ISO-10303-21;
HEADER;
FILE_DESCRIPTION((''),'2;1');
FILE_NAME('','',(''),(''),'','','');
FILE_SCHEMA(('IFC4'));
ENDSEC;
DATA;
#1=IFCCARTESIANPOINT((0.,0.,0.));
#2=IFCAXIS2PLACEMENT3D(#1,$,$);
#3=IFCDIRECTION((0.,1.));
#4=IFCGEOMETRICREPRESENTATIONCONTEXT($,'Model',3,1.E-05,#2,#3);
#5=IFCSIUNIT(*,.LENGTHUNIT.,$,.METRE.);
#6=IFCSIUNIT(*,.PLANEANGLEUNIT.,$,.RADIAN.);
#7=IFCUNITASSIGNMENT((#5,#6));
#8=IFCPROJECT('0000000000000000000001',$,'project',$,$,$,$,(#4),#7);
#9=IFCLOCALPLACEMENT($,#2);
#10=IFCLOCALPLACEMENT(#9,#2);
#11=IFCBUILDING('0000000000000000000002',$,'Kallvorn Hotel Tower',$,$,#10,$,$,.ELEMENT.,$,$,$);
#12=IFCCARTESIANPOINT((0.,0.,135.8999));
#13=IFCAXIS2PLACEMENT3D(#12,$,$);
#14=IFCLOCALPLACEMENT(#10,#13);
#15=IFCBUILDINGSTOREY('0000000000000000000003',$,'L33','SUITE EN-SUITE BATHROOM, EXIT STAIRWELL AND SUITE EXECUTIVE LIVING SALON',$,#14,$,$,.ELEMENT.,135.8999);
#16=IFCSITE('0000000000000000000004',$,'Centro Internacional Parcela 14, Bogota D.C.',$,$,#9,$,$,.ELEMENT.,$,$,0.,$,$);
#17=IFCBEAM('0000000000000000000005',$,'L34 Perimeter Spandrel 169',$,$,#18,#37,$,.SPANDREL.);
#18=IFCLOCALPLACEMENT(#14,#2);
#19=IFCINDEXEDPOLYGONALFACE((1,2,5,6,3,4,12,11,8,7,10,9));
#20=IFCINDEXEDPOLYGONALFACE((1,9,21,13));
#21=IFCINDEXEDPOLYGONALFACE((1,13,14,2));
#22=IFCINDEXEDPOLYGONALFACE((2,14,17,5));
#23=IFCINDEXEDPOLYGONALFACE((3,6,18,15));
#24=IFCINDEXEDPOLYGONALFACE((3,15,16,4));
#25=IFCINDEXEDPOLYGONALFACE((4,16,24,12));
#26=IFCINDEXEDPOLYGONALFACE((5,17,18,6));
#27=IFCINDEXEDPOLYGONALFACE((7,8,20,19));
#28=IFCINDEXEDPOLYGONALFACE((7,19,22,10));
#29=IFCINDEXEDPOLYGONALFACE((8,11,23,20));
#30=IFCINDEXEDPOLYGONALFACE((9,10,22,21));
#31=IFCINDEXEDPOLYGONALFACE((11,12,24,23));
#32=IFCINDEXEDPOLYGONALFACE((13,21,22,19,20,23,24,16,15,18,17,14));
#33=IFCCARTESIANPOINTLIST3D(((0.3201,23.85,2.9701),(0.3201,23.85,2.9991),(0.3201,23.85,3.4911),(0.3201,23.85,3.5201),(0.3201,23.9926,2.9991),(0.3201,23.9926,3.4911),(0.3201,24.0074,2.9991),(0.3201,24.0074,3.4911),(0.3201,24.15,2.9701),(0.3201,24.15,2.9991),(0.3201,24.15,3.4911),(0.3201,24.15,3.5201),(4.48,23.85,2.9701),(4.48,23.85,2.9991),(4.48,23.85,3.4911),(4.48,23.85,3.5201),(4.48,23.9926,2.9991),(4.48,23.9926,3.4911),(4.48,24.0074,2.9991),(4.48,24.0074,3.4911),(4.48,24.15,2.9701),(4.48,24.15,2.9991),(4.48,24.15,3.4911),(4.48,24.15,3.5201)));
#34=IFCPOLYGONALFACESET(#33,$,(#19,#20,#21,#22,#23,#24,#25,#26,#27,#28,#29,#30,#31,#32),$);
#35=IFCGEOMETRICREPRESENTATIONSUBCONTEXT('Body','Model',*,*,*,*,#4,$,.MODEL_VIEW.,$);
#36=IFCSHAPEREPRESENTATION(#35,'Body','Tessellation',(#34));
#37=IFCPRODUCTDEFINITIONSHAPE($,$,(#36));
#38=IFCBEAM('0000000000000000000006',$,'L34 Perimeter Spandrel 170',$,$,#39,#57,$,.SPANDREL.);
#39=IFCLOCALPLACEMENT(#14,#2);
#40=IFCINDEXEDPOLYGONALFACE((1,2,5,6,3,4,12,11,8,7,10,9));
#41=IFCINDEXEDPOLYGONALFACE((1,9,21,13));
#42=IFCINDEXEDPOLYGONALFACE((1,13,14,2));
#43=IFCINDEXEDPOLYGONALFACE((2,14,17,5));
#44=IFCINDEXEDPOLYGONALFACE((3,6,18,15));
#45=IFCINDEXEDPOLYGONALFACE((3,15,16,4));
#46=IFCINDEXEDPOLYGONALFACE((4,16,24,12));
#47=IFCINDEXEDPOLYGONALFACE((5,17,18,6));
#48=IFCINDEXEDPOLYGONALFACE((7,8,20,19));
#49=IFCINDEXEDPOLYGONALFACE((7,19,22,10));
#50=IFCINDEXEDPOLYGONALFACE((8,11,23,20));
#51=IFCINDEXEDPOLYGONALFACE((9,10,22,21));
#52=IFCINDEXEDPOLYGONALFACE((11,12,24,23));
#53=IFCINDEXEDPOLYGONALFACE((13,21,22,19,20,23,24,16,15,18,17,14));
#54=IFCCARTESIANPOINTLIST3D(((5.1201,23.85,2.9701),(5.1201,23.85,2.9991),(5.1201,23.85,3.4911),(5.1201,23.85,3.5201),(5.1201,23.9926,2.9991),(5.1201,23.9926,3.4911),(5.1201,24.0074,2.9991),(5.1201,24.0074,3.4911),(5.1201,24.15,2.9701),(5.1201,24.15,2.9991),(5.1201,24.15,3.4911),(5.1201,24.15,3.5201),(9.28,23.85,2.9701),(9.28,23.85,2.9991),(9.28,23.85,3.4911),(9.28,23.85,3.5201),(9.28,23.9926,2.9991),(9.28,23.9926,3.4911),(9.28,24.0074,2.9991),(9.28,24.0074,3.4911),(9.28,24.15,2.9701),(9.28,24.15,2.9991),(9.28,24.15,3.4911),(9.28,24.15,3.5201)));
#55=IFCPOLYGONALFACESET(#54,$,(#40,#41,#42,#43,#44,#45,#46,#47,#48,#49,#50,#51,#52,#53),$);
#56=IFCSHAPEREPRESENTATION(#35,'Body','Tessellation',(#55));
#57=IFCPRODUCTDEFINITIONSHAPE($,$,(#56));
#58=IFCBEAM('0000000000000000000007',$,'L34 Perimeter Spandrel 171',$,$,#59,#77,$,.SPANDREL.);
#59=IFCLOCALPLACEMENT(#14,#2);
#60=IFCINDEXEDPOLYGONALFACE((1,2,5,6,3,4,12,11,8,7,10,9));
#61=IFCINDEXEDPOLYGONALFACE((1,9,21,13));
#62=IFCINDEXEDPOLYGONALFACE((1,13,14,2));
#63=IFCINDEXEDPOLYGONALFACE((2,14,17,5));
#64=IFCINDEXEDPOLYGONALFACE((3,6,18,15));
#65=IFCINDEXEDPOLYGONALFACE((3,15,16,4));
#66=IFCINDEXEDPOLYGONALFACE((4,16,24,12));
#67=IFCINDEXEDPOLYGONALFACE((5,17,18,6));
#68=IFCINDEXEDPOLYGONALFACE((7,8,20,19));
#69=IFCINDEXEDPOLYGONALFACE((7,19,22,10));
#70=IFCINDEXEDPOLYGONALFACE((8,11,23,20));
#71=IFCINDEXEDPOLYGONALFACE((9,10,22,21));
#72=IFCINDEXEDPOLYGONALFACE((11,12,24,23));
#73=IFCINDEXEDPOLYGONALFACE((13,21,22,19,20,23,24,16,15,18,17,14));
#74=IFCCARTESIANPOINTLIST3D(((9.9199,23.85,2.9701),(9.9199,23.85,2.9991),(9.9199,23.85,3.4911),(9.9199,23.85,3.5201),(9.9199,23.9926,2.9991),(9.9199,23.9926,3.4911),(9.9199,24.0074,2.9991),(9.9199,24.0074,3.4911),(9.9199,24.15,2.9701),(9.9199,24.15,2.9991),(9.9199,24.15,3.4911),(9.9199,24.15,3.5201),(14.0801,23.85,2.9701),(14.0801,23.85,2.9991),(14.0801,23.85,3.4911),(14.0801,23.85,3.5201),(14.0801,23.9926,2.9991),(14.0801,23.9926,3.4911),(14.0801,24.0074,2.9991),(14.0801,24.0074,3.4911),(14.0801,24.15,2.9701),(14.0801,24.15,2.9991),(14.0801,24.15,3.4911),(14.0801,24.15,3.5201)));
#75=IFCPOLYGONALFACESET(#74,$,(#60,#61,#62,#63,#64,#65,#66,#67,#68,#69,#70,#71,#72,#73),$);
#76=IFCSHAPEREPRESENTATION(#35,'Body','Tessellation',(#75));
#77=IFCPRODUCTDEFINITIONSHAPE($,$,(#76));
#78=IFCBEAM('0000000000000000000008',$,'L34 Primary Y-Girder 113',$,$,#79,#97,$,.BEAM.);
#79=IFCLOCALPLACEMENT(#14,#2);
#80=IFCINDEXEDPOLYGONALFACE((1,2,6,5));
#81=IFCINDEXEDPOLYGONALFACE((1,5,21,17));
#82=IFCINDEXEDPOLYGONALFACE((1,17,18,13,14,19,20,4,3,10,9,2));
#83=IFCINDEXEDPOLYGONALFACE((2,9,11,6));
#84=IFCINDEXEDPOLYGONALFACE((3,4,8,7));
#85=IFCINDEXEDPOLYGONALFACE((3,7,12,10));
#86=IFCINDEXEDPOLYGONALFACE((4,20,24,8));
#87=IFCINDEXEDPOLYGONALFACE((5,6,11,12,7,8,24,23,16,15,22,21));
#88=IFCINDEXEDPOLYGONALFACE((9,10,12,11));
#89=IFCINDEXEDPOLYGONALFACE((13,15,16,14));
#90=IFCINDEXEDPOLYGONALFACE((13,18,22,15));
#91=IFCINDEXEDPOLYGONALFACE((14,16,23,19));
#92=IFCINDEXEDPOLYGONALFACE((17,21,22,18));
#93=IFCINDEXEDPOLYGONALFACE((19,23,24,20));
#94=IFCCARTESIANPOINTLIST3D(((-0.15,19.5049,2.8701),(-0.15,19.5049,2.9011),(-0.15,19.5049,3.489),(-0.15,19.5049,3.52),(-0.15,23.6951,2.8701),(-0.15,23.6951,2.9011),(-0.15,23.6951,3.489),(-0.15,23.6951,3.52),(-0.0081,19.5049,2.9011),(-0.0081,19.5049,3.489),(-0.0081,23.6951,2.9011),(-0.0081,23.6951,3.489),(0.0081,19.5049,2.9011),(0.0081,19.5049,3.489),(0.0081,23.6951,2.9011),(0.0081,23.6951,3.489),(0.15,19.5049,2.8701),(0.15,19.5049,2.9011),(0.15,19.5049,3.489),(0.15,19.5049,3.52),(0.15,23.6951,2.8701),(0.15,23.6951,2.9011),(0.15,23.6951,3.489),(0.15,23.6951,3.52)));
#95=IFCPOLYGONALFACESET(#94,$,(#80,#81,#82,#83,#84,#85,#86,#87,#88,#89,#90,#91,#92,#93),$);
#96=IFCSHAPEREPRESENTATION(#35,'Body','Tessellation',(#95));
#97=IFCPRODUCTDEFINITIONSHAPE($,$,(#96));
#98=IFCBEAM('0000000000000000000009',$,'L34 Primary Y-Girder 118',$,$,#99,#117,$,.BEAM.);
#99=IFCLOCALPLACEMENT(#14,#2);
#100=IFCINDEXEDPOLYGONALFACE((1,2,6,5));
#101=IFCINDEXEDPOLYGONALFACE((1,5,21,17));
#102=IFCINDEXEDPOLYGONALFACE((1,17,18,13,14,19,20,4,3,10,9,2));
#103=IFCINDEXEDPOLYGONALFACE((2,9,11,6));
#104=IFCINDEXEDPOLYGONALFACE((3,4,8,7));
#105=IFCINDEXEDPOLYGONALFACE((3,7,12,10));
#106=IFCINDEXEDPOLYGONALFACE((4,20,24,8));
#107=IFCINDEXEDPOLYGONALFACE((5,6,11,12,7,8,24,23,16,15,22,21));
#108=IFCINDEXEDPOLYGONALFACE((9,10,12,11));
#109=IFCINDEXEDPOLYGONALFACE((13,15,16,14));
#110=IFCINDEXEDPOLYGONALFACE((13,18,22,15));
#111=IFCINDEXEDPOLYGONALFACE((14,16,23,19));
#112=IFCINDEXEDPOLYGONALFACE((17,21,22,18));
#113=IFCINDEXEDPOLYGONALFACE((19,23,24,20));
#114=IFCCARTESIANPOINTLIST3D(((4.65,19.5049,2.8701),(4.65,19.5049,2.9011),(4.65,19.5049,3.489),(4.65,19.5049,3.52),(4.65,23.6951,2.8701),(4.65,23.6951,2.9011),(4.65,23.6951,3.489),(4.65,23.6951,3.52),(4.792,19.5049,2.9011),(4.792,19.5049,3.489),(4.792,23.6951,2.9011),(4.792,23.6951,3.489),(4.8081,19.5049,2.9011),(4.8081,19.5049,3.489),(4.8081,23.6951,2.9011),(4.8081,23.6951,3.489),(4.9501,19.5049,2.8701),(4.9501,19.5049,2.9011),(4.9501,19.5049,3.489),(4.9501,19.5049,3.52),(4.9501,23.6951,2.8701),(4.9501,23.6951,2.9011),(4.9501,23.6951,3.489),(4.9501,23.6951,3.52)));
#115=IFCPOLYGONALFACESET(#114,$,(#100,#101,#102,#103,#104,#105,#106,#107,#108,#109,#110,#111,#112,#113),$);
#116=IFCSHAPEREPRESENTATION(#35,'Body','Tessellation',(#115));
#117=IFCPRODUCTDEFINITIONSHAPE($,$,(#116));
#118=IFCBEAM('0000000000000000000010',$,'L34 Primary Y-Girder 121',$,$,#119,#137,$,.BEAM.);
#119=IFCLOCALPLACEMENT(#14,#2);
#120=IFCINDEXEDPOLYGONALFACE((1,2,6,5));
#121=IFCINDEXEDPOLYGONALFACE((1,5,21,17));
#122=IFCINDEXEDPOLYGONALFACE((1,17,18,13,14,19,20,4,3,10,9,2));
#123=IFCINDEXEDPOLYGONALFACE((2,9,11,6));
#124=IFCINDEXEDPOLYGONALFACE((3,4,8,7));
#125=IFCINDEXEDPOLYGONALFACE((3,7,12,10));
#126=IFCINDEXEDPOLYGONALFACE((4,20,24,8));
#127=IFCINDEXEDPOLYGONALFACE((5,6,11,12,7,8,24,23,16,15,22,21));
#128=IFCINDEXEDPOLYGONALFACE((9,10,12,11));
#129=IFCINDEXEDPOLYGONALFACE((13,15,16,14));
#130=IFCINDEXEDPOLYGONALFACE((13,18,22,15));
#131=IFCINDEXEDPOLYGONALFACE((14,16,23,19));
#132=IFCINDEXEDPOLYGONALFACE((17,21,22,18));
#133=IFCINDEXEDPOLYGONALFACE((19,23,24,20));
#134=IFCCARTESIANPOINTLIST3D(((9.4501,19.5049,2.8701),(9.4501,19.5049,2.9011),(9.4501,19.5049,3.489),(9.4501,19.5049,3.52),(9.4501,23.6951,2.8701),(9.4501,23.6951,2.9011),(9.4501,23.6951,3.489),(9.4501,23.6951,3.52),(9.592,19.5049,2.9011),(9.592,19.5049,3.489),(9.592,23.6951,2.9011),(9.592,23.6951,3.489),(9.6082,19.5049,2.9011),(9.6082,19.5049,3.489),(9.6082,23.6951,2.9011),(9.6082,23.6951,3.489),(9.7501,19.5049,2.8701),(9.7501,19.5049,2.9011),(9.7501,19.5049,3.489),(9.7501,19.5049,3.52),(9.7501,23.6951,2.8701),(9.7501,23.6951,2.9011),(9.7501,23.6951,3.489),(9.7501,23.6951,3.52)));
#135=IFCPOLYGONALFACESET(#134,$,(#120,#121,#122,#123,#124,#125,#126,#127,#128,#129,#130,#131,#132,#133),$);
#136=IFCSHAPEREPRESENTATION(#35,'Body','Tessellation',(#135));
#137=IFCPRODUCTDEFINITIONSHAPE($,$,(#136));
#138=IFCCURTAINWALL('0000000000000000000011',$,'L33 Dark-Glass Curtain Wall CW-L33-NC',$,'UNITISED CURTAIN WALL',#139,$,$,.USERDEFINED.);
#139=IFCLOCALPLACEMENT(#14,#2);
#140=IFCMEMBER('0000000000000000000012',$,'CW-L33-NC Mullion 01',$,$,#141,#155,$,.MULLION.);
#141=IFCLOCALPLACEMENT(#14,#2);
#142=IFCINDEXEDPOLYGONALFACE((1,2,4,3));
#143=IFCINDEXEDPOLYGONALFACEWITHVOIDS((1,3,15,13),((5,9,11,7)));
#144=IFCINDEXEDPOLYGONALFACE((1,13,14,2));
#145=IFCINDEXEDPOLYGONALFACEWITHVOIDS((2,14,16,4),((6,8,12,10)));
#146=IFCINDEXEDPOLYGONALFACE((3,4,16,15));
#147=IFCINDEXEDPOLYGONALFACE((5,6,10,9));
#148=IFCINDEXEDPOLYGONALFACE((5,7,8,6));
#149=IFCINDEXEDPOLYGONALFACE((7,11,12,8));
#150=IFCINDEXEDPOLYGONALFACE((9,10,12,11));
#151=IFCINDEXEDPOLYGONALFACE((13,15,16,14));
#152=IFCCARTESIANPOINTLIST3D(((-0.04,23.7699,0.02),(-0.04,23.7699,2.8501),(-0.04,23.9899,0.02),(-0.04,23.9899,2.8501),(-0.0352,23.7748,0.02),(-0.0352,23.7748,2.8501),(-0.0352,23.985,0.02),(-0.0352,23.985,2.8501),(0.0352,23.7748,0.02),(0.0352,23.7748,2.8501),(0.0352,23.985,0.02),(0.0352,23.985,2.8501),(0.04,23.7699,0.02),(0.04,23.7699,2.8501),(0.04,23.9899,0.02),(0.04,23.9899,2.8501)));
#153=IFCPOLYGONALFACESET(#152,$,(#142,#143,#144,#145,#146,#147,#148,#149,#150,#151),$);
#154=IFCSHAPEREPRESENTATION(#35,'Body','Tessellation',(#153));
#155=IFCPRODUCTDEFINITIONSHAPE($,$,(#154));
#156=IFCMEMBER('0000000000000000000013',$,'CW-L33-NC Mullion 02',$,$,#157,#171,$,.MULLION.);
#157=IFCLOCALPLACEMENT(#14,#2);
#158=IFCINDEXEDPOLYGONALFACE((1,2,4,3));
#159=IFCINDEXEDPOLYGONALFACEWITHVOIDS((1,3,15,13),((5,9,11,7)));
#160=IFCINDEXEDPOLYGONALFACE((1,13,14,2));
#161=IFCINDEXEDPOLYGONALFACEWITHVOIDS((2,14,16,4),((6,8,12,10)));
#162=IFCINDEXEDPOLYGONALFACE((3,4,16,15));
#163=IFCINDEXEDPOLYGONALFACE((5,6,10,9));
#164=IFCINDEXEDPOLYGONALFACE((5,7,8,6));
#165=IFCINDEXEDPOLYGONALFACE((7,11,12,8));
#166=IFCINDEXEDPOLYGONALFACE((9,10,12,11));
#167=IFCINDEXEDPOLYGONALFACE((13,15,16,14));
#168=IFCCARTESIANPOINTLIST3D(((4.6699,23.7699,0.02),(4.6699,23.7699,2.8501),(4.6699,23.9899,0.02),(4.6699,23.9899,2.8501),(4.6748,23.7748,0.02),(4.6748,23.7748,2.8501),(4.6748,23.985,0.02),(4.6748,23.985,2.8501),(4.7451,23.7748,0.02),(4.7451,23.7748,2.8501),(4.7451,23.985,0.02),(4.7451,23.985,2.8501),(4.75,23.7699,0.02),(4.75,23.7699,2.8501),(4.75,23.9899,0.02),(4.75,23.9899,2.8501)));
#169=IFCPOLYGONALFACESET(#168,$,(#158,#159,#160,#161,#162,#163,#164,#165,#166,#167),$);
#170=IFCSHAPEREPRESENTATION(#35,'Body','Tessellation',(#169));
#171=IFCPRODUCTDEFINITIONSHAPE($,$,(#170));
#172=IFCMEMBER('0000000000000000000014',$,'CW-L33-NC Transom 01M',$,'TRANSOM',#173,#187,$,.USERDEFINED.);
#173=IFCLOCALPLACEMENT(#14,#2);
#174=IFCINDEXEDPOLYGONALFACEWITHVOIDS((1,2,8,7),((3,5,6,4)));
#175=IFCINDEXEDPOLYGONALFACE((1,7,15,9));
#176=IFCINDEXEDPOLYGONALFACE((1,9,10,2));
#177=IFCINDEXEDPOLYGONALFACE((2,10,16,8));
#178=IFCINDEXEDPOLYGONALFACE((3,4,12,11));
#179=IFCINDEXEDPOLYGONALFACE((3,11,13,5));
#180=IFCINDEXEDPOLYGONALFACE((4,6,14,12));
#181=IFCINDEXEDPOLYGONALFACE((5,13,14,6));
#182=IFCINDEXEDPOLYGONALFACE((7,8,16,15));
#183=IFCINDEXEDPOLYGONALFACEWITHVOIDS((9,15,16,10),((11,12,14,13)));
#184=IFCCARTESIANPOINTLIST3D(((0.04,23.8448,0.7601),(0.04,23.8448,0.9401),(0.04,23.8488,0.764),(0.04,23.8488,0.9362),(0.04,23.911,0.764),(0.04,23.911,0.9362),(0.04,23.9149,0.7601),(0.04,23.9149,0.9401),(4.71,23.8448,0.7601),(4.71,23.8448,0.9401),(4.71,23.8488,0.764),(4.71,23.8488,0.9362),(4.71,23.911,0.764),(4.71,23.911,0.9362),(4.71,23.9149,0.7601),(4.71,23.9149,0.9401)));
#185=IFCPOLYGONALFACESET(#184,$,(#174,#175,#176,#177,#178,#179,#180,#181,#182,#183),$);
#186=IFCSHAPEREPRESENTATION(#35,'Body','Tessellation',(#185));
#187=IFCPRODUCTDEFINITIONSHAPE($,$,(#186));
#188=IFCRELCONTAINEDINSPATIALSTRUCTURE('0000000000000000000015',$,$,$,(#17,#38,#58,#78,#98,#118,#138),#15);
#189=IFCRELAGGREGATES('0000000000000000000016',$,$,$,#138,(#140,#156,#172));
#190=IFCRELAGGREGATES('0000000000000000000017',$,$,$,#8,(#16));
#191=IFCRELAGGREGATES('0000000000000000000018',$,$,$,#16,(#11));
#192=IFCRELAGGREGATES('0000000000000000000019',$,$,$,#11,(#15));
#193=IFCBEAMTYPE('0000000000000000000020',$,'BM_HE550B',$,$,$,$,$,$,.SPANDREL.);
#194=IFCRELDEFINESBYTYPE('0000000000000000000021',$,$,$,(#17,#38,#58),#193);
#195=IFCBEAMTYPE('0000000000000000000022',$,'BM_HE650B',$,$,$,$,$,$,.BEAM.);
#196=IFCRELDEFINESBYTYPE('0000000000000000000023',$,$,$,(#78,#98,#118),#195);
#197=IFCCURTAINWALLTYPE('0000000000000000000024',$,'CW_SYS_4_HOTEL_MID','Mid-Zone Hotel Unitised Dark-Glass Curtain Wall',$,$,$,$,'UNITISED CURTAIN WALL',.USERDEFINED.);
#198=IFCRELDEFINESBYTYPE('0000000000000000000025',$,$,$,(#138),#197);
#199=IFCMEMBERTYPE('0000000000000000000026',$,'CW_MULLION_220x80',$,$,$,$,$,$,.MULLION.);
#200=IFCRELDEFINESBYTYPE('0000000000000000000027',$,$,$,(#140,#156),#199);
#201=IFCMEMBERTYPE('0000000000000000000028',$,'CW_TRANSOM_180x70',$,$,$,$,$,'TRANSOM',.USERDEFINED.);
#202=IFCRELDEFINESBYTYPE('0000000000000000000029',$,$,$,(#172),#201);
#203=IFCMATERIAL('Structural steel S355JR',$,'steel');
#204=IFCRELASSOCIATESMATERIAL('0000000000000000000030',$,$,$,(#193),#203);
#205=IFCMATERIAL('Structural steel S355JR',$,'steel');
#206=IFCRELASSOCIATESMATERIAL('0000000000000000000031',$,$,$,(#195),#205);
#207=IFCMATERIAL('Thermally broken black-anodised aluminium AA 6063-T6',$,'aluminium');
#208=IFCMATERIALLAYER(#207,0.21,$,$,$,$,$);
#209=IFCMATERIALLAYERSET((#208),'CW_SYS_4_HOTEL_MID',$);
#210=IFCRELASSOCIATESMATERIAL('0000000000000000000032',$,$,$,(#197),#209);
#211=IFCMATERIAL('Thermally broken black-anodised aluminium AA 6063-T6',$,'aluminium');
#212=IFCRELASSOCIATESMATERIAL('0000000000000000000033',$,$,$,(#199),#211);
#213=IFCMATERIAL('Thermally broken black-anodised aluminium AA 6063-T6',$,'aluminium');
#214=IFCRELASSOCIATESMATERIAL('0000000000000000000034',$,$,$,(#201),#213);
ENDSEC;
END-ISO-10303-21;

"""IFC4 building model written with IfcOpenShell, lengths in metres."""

from ifc_helpers import new_model, si_unit, direction, frame, origin, origin_2d, place, context, subcontext, project, spatial, hollow_rectangle, i_section, extrude, material, layer, layer_set, material_profile, profile_set, type_object, element, aggregate, save


model = new_model("IFC4")

# Units and contexts
model_context = context("Model", 3, precision=1e-05, world=origin(), true_north=direction((0.0, 1.0)))
body_context = subcontext(model_context, "Body", "Model", "MODEL_VIEW")
ifc_project = project(units=[si_unit("LENGTHUNIT", "METRE"), si_unit("PLANEANGLEUNIT", "RADIAN")], contexts=[model_context])

# Site, building, storey
site_placement = place(None, origin())
site = spatial("IfcSite", under=ifc_project, at=site_placement, Name="Centro Internacional Parcela 14, Bogota D.C.", CompositionType="ELEMENT", RefElevation=0.0)
building_placement = place(site_placement, origin())
building = spatial("IfcBuilding", under=site, at=building_placement, Name="Kallvorn Hotel Tower", CompositionType="ELEMENT")
storey_placement = place(building_placement, frame((0.0, 0.0, 135.8999)))
storey = spatial("IfcBuildingStorey", under=building, at=storey_placement, Name="L33", Description="SUITE EN-SUITE BATHROOM, EXIT STAIRWELL AND SUITE EXECUTIVE LIVING SALON", CompositionType="ELEMENT", Elevation=135.8999)

# Beams
ifc_material_1 = material(Name="Structural steel S355JR", Category="steel")
ifc_material_profile_1 = material_profile(ifc_material_1, i_section(OverallWidth=0.3, OverallDepth=0.55, WebThickness=0.0149, FlangeThickness=0.0291, at=origin_2d()), Name="HE 550 B")
ifc_profile_set_1 = profile_set([ifc_material_profile_1], Name="Structural steel S355JR")
beam_type_1 = type_object("IfcBeamType", Name="BM_HE550B", PredefinedType="SPANDREL", material=ifc_profile_set_1)
for number, where, z_axis, x_axis, name in (
    (1, (0.3201, 24.0, 3.2451), (1.0, 0.0, 0.0), (0.0, 1.0, 0.0), "L34 Perimeter Spandrel 169"),
    (2, (5.1201, 24.0, 3.2451), (1.0, 0.0, 0.0), (0.0, 1.0, 0.0), "L34 Perimeter Spandrel 170"),
):
    element("IfcBeam", number, at=place(storey_placement, frame(where, z_axis=z_axis, x_axis=x_axis)), inside=storey, type_object=beam_type_1, Name=name, PredefinedType="SPANDREL", context=body_context, shape_type="SweptSolid", body=[
        extrude(i_section(OverallWidth=0.3, OverallDepth=0.55, WebThickness=0.0149, FlangeThickness=0.0291, at=origin_2d()), origin(), (0.0, 0.0, 1.0), 4.1599),
    ])
beam_placement = place(storey_placement, frame((9.9199, 24.0, 3.2451), z_axis=(1.0, 0.0, 0.0), x_axis=(0.0, 1.0, 0.0)))
element("IfcBeam", 3, at=beam_placement, inside=storey, type_object=beam_type_1, Name="L34 Perimeter Spandrel 171", PredefinedType="SPANDREL", context=body_context, shape_type="SweptSolid", body=[
    extrude(i_section(OverallWidth=0.3, OverallDepth=0.55, WebThickness=0.0149, FlangeThickness=0.0291, at=origin_2d()), origin(), (0.0, 0.0, 1.0), 4.1602),
])
ifc_material_2 = material(Name="Structural steel S355JR", Category="steel")
ifc_material_profile_2 = material_profile(ifc_material_2, i_section(OverallWidth=0.3, OverallDepth=0.6499, WebThickness=0.0161, FlangeThickness=0.031, at=origin_2d()), Name="HE 650 B")
ifc_profile_set_2 = profile_set([ifc_material_profile_2], Name="Structural steel S355JR")
beam_type_2 = type_object("IfcBeamType", Name="BM_HE650B", PredefinedType="BEAM", material=ifc_profile_set_2)
for number, where, z_axis, x_axis, name in (
    (4, (0.0, 19.5049, 3.1951), (0.0, 1.0, 0.0), (-1.0, 0.0, 0.0), "L34 Primary Y-Girder 113"),
    (5, (4.8, 19.5049, 3.1951), (0.0, 1.0, 0.0), (-1.0, 0.0, 0.0), "L34 Primary Y-Girder 118"),
    (6, (9.6001, 19.5049, 3.1951), (0.0, 1.0, 0.0), (-1.0, 0.0, 0.0), "L34 Primary Y-Girder 121"),
):
    element("IfcBeam", number, at=place(storey_placement, frame(where, z_axis=z_axis, x_axis=x_axis)), inside=storey, type_object=beam_type_2, Name=name, PredefinedType="BEAM", context=body_context, shape_type="SweptSolid", body=[
        extrude(i_section(OverallWidth=0.3, OverallDepth=0.6499, WebThickness=0.0161, FlangeThickness=0.031, at=origin_2d()), origin(), (0.0, 0.0, 1.0), 4.1902),
    ])

# Curtain wall, members
ifc_material_3 = material(Name="Thermally broken black-anodised aluminium AA 6063-T6", Category="aluminium")
ifc_layer_1 = layer(ifc_material_3, 0.21)
ifc_layer_set_1 = layer_set([ifc_layer_1], Name="CW_SYS_4_HOTEL_MID")
curtain_wall_type = type_object("IfcCurtainWallType", Name="CW_SYS_4_HOTEL_MID", Description="Mid-Zone Hotel Unitised Dark-Glass Curtain Wall", ElementType="UNITISED CURTAIN WALL", PredefinedType="USERDEFINED", material=ifc_layer_set_1)
curtain_wall_placement = place(storey_placement, origin())
curtain_wall = element("IfcCurtainWall", 7, at=curtain_wall_placement, inside=storey, type_object=curtain_wall_type, Name="L33 Dark-Glass Curtain Wall CW-L33-NC", ObjectType="UNITISED CURTAIN WALL", PredefinedType="USERDEFINED")
ifc_material_4 = material(Name="Thermally broken black-anodised aluminium AA 6063-T6", Category="aluminium")
ifc_material_profile_3 = material_profile(ifc_material_4, hollow_rectangle(XDim=0.0801, YDim=0.22, WallThickness=0.0049, at=origin_2d()), Name="MUL 220x80")
ifc_profile_set_3 = profile_set([ifc_material_profile_3], Name="Thermally broken black-anodised aluminium AA 6063-T6")
member_type_1 = type_object("IfcMemberType", Name="CW_MULLION_220x80", PredefinedType="MULLION", material=ifc_profile_set_3)
member_1_placement = place(storey_placement, frame((0.0, 23.8799, 0.02), z_axis=(0.0, 0.0, 1.0), x_axis=(1.0, 0.0, 0.0)))
member_1 = element("IfcMember", 8, at=member_1_placement, type_object=member_type_1, Name="CW-L33-NC Mullion 01", PredefinedType="MULLION", context=body_context, shape_type="SweptSolid", body=[
    extrude(hollow_rectangle(XDim=0.0801, YDim=0.22, WallThickness=0.0049, at=origin_2d()), origin(), (0.0, 0.0, 1.0), 2.8301),
])
member_2_placement = place(storey_placement, frame((4.71, 23.8799, 0.02), z_axis=(0.0, 0.0, 1.0), x_axis=(1.0, 0.0, 0.0)))
member_2 = element("IfcMember", 9, at=member_2_placement, type_object=member_type_1, Name="CW-L33-NC Mullion 02", PredefinedType="MULLION", context=body_context, shape_type="SweptSolid", body=[
    extrude(hollow_rectangle(XDim=0.0801, YDim=0.22, WallThickness=0.0049, at=origin_2d()), origin(), (0.0, 0.0, 1.0), 2.8301),
])
ifc_material_5 = material(Name="Thermally broken black-anodised aluminium AA 6063-T6", Category="aluminium")
ifc_material_profile_4 = material_profile(ifc_material_5, hollow_rectangle(XDim=0.0701, YDim=0.1799, WallThickness=0.0039, at=origin_2d()), Name="TRN 180x70")
ifc_profile_set_4 = profile_set([ifc_material_profile_4], Name="Thermally broken black-anodised aluminium AA 6063-T6")
member_type_2 = type_object("IfcMemberType", Name="CW_TRANSOM_180x70", ElementType="TRANSOM", PredefinedType="USERDEFINED", material=ifc_profile_set_4)
member_3_placement = place(storey_placement, frame((0.04, 23.8799, 0.8501), z_axis=(1.0, 0.0, 0.0), x_axis=(0.0, 1.0, 0.0)))
member_3 = element("IfcMember", 10, at=member_3_placement, type_object=member_type_2, Name="CW-L33-NC Transom 01M", ObjectType="TRANSOM", PredefinedType="USERDEFINED", context=body_context, shape_type="SweptSolid", body=[
    extrude(hollow_rectangle(XDim=0.0701, YDim=0.1799, WallThickness=0.0039, at=origin_2d()), origin(), (0.0, 0.0, 1.0), 4.6699),
])
aggregate(curtain_wall, [member_1, member_2, member_3])

save(model, "model.ifc")
